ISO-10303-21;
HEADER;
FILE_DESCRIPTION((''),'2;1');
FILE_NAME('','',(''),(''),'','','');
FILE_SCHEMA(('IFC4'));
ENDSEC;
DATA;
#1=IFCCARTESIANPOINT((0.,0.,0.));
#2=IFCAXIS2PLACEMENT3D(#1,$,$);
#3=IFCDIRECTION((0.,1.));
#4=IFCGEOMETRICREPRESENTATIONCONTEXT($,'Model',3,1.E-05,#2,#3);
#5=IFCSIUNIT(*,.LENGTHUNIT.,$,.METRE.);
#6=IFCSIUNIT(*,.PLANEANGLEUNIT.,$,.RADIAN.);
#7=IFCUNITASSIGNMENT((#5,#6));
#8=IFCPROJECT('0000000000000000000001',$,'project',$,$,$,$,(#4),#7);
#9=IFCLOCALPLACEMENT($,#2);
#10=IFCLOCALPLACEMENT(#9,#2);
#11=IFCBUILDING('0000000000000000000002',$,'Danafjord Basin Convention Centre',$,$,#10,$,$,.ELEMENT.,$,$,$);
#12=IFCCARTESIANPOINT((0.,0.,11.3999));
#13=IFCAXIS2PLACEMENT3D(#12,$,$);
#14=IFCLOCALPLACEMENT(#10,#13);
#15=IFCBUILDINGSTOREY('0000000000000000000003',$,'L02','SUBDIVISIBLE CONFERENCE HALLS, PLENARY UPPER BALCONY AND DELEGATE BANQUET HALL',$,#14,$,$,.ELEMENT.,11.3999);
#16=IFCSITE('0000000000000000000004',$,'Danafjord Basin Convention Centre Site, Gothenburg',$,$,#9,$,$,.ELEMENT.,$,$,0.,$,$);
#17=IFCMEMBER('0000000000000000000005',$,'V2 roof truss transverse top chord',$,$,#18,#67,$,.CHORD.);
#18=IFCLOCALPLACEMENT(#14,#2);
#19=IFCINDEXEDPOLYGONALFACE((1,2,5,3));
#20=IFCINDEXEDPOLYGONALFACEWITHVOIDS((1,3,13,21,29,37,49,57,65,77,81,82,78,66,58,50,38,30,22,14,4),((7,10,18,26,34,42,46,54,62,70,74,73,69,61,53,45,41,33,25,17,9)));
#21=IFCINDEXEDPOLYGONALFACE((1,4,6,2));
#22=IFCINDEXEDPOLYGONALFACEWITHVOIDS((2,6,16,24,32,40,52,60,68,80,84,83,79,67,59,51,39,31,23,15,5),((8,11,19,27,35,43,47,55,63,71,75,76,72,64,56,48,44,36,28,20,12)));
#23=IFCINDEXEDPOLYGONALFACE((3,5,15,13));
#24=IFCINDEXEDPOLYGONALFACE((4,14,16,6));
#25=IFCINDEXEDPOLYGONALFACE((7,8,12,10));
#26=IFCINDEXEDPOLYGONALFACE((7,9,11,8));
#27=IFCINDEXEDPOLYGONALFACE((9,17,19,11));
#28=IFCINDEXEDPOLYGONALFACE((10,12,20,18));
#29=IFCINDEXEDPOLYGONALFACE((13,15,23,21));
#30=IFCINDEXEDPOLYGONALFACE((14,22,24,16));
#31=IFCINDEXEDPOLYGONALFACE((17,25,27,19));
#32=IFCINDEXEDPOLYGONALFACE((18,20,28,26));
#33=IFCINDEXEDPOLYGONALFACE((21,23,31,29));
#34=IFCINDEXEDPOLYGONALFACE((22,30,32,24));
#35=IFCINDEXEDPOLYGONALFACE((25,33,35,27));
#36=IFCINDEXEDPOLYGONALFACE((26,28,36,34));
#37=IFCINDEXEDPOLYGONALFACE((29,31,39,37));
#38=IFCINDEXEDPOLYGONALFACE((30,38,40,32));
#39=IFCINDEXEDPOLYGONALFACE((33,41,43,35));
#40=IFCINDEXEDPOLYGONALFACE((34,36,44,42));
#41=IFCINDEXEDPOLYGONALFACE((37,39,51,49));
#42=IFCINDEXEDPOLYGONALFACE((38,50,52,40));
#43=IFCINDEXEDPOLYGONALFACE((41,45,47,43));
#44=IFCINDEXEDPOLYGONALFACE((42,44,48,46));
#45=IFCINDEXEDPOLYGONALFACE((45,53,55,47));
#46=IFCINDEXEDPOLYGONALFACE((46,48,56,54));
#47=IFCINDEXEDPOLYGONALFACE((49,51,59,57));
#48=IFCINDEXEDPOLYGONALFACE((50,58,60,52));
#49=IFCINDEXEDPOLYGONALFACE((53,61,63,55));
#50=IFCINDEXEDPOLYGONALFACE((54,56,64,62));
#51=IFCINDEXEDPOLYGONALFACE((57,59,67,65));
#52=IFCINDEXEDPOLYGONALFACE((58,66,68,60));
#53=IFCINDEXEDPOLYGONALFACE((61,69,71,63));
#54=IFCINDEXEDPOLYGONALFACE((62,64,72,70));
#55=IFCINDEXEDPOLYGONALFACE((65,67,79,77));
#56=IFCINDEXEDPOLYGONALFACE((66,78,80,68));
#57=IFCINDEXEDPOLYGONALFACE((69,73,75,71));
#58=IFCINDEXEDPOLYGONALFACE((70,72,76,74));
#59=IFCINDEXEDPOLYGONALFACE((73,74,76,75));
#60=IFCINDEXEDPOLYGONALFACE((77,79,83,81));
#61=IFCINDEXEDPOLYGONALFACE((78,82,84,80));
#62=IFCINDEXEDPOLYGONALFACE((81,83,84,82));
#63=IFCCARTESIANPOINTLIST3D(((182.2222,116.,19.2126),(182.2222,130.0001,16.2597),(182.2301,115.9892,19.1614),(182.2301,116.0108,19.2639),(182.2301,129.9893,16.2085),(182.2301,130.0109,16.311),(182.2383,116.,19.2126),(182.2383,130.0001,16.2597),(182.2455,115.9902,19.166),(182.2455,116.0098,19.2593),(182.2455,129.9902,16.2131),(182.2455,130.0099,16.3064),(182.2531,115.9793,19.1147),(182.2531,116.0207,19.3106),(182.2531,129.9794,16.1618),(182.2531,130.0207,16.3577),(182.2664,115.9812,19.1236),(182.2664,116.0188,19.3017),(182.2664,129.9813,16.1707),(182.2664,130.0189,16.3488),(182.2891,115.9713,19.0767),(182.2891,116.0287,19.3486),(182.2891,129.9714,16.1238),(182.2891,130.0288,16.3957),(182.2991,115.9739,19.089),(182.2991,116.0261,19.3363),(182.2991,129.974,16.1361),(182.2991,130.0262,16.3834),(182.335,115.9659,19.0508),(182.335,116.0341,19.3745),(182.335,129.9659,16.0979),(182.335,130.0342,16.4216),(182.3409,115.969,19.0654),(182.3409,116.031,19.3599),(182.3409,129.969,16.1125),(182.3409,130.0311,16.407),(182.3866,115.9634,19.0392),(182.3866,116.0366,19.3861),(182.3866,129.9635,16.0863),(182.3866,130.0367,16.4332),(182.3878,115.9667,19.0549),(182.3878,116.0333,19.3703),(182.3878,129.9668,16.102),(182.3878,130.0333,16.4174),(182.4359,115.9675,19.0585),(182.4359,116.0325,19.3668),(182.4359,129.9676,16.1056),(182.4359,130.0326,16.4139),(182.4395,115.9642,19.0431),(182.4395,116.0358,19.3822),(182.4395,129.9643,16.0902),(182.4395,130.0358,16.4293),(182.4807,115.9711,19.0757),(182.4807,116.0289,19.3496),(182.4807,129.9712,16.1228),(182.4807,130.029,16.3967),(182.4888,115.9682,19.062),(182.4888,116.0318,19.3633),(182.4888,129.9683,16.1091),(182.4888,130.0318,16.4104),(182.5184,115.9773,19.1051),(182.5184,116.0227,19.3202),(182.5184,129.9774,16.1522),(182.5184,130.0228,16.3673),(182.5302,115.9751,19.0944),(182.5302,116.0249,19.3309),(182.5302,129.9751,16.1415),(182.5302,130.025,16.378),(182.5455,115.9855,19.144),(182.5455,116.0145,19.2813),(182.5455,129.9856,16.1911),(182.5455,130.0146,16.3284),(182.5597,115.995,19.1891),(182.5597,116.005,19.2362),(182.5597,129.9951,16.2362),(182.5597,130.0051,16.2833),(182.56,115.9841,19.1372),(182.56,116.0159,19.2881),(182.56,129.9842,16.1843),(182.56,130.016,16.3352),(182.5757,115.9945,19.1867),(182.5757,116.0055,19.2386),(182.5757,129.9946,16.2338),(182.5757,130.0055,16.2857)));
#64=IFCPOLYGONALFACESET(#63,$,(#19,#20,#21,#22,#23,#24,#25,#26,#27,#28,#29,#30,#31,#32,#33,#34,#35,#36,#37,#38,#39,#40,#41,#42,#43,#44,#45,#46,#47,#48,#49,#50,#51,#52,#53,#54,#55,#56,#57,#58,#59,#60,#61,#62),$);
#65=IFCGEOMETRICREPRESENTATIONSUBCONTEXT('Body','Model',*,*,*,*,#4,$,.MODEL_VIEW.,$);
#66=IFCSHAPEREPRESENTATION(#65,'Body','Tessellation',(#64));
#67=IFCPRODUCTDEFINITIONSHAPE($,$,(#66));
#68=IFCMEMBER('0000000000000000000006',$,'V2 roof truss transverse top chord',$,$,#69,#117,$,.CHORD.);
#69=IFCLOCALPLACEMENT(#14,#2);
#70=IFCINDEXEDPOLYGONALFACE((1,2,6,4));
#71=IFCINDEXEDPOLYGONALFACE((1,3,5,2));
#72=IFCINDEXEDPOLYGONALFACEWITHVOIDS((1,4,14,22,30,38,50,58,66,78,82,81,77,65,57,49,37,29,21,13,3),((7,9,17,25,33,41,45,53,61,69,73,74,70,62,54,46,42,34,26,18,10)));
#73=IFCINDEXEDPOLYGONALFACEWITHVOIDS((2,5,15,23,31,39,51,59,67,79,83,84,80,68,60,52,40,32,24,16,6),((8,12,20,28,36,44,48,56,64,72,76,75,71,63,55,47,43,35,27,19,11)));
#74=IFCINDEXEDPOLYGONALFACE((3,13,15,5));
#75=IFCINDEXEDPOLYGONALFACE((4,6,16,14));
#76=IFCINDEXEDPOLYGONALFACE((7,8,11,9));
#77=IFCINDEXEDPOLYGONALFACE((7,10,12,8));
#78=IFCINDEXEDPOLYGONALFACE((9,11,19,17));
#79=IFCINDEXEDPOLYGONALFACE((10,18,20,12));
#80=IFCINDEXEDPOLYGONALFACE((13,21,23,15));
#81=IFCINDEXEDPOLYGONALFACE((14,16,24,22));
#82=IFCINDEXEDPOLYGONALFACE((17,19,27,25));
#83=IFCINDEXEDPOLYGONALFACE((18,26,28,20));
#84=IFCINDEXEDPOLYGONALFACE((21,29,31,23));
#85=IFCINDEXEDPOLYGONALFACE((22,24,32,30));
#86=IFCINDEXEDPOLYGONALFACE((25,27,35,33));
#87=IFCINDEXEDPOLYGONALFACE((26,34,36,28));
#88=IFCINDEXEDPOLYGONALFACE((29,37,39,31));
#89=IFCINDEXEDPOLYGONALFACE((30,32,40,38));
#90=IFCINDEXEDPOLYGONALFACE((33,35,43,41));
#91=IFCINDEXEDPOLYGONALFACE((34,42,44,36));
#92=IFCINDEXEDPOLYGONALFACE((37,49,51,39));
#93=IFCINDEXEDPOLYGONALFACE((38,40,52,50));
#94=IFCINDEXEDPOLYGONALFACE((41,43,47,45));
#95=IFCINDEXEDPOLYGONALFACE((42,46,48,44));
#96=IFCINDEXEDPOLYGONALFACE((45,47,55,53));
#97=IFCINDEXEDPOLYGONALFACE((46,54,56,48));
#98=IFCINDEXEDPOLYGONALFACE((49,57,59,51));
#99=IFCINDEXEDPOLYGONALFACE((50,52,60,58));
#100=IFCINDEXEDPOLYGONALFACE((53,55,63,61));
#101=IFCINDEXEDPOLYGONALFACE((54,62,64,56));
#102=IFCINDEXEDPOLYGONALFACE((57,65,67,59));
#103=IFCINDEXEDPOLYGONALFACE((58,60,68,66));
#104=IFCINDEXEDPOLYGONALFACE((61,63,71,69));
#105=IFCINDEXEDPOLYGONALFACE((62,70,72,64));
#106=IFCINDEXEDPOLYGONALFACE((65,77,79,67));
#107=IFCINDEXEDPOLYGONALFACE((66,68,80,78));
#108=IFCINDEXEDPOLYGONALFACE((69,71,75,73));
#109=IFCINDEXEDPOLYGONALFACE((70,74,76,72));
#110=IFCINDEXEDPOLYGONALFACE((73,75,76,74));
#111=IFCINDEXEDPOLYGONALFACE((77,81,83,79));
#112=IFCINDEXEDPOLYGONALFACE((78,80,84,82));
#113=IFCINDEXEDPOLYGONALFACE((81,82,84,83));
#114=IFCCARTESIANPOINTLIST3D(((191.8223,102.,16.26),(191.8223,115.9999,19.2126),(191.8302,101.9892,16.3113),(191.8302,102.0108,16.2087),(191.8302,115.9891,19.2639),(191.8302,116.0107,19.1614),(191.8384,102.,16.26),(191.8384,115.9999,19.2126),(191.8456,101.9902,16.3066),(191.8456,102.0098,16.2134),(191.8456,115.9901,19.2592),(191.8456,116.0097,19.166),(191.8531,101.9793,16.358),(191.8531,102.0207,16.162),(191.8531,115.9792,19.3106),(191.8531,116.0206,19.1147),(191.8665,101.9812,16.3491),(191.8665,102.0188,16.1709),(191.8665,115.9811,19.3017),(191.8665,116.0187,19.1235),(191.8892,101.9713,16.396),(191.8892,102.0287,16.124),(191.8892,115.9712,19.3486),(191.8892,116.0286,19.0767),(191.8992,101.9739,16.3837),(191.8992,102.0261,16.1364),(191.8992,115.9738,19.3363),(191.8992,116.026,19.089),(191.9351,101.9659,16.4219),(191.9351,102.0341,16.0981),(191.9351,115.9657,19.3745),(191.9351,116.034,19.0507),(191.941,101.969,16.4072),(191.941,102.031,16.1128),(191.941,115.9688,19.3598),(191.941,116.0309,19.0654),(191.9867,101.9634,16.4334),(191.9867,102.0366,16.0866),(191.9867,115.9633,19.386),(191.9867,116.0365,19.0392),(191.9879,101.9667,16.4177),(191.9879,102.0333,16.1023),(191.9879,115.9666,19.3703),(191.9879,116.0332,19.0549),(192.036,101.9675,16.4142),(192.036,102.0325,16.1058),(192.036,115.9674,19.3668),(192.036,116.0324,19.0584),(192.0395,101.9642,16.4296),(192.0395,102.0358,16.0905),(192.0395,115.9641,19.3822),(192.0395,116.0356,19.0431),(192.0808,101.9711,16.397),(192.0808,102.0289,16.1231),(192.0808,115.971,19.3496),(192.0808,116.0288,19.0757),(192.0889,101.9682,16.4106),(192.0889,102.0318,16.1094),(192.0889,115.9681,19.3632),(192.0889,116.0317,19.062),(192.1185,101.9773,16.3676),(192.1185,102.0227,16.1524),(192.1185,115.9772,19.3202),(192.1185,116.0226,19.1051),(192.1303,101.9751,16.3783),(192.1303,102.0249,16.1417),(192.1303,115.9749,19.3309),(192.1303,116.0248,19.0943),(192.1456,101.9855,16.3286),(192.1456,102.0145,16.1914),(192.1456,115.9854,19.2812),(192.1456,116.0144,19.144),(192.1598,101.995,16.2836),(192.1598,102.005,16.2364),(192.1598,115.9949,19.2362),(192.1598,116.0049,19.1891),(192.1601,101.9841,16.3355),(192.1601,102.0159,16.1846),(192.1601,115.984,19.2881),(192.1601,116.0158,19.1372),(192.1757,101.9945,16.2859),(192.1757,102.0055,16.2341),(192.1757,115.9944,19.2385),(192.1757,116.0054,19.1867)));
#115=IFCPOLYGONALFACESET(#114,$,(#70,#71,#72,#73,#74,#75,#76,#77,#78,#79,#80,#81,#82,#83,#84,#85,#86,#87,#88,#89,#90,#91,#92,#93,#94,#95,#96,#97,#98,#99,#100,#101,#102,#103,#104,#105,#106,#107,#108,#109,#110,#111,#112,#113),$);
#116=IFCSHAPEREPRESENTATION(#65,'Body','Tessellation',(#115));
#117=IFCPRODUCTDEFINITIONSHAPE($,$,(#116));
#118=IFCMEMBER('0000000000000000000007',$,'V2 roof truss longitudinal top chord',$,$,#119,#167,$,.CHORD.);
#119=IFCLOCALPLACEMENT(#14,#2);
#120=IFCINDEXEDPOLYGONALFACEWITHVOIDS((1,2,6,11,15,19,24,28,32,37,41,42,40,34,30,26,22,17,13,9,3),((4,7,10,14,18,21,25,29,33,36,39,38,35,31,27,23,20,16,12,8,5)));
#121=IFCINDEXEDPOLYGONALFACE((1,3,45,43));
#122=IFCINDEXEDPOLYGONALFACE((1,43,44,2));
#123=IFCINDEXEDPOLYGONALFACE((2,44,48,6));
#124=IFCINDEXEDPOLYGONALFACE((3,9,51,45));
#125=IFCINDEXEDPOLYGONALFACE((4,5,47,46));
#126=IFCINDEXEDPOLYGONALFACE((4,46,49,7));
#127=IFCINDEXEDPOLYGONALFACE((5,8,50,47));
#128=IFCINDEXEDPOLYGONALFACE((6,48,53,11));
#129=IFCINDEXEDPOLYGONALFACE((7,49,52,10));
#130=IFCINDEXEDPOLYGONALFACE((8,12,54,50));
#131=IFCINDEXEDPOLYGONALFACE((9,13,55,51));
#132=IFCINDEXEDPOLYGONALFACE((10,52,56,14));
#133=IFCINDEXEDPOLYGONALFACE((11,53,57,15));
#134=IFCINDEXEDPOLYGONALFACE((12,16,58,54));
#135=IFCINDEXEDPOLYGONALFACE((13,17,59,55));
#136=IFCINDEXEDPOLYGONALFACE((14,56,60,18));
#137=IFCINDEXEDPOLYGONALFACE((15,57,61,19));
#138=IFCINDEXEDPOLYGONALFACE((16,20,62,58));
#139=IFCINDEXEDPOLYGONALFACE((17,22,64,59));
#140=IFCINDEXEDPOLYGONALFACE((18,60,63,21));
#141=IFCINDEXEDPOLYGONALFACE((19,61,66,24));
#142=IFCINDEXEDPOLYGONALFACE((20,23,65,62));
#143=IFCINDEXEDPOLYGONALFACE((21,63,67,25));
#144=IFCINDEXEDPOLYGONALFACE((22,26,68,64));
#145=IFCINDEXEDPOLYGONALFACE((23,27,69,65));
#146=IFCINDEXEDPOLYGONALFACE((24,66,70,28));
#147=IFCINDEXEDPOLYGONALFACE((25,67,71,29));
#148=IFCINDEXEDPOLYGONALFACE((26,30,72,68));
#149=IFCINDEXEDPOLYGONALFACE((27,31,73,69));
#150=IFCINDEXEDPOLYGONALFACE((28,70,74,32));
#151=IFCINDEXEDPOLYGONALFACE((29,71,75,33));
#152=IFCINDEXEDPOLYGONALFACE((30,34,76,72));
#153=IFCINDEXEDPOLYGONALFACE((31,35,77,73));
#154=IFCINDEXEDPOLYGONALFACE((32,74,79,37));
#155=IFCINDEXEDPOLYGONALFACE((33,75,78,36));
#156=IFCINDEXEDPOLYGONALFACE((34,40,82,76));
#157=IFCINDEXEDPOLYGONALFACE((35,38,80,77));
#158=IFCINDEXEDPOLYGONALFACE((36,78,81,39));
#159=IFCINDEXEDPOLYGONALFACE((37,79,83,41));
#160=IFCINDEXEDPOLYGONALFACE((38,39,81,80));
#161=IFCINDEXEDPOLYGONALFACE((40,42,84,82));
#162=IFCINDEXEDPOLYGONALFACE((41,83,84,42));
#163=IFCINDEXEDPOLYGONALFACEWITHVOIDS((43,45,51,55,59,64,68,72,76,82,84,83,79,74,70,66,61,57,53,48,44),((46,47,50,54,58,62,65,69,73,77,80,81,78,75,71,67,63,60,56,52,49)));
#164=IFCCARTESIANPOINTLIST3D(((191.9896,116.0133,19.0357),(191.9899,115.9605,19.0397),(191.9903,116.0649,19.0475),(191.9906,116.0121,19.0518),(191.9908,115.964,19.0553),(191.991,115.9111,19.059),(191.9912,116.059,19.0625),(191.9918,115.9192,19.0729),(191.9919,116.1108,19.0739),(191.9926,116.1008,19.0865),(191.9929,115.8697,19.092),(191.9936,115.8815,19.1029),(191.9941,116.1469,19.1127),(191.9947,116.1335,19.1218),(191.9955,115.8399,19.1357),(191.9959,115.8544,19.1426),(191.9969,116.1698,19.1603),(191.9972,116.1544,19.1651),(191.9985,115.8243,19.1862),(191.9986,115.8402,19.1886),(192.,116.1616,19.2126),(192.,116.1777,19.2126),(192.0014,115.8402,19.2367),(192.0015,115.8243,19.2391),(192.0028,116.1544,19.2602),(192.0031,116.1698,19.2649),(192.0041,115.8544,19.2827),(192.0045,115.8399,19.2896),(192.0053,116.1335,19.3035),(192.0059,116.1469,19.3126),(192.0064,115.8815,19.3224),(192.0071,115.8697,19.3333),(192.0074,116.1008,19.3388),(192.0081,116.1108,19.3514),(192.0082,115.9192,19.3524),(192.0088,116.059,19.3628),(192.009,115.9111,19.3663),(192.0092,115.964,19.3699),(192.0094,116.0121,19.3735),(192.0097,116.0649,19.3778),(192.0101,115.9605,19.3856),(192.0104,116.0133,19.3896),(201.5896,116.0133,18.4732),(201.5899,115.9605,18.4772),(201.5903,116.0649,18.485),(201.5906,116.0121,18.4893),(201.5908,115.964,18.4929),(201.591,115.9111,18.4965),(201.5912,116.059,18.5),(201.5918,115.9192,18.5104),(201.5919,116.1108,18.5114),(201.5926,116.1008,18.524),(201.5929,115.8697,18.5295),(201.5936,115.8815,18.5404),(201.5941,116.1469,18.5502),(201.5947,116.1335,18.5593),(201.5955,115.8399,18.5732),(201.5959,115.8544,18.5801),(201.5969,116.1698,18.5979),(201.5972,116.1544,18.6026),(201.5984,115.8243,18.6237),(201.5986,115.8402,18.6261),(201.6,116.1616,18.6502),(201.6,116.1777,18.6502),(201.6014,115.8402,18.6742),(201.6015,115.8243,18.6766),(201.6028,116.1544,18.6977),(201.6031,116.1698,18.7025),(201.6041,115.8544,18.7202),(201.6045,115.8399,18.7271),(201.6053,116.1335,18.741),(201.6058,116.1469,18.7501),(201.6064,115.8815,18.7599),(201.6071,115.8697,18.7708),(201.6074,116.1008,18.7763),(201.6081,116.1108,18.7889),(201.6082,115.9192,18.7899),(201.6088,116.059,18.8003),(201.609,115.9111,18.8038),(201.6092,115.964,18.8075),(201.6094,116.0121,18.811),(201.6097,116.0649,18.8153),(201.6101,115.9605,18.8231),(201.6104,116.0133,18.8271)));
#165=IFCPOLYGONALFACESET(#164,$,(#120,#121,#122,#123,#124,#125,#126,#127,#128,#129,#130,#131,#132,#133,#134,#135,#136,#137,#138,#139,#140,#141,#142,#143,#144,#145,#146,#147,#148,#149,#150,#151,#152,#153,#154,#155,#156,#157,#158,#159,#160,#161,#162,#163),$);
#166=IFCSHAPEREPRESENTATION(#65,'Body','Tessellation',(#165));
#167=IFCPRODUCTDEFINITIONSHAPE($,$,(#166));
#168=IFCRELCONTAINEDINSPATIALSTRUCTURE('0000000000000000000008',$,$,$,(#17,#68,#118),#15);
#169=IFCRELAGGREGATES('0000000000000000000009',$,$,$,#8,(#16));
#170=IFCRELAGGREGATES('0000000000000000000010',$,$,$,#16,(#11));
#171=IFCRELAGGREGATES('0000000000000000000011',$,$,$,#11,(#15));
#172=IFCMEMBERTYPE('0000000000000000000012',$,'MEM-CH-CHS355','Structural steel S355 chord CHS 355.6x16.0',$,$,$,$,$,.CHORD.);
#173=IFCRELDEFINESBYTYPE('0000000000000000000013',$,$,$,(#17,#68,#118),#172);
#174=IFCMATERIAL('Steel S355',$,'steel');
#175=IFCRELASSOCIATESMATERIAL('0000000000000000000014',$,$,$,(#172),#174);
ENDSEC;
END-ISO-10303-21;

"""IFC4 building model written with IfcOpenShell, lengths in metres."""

from ifc_helpers import new_model, si_unit, direction, frame, origin, origin_2d, place, context, subcontext, project, spatial, hollow_circle, extrude, material, material_profile, profile_set, type_object, element, save


model = new_model("IFC4")

# Units and contexts
model_context = context("Model", 3, precision=1e-05, world=origin(), true_north=direction((0.0, 1.0)))
body_context = subcontext(model_context, "Body", "Model", "MODEL_VIEW")
ifc_project = project(units=[si_unit("LENGTHUNIT", "METRE"), si_unit("PLANEANGLEUNIT", "RADIAN")], contexts=[model_context])

# Site, building, storey
site_placement = place(None, origin())
site = spatial("IfcSite", under=ifc_project, at=site_placement, Name="Danafjord Basin Convention Centre Site, Gothenburg", CompositionType="ELEMENT", RefElevation=0.0)
building_placement = place(site_placement, origin())
building = spatial("IfcBuilding", under=site, at=building_placement, Name="Danafjord Basin Convention Centre", CompositionType="ELEMENT")
storey_placement = place(building_placement, frame((0.0, 0.0, 11.3999)))
storey = spatial("IfcBuildingStorey", under=building, at=storey_placement, Name="L02", Description="SUBDIVISIBLE CONFERENCE HALLS, PLENARY UPPER BALCONY AND DELEGATE BANQUET HALL", CompositionType="ELEMENT", Elevation=11.3999)

# Members
ifc_material = material(Name="Steel S355", Category="steel")
ifc_material_profile_1 = material_profile(ifc_material, hollow_circle(Radius=0.1777, WallThickness=0.0161, at=origin_2d()), Name="CHS 355.6x16.0")
ifc_profile_set_1 = profile_set([ifc_material_profile_1], Name="Steel S355")
member_type_1 = type_object("IfcMemberType", Name="MEM-CH-CHS355", Description="Structural steel S355 chord CHS 355.6x16.0", PredefinedType="CHORD", material=ifc_profile_set_1)
member_1_placement = place(storey_placement, frame((182.3999, 116.0, 19.2126), z_axis=(0.0, 0.978472, -0.206379), x_axis=(-1.0, 0.0, 0.0)))
element("IfcMember", 1, at=member_1_placement, inside=storey, type_object=member_type_1, Name="V2 roof truss transverse top chord", PredefinedType="CHORD", context=body_context, shape_type="SweptSolid", body=[
    extrude(hollow_circle(Radius=0.1777, WallThickness=0.0161, at=origin_2d()), origin(), (0.0, 0.0, 1.0), 14.3081),
])
member_2_placement = place(storey_placement, frame((192.0, 102.0, 16.26), z_axis=(0.0, 0.978475, 0.206363), x_axis=(-1.0, 0.0, 0.0)))
element("IfcMember", 2, at=member_2_placement, inside=storey, type_object=member_type_1, Name="V2 roof truss transverse top chord", PredefinedType="CHORD", context=body_context, shape_type="SweptSolid", body=[
    extrude(hollow_circle(Radius=0.1777, WallThickness=0.0161, at=origin_2d()), origin(), (0.0, 0.0, 1.0), 14.3079),
])
member_3_placement = place(storey_placement, frame((192.0, 116.0, 19.2126), z_axis=(0.998288, 0.0, -0.058493), x_axis=(0.0, 1.0, 0.0)))
element("IfcMember", 3, at=member_3_placement, inside=storey, type_object=member_type_1, Name="V2 roof truss longitudinal top chord", PredefinedType="CHORD", context=body_context, shape_type="SweptSolid", body=[
    extrude(hollow_circle(Radius=0.1777, WallThickness=0.0161, at=origin_2d()), origin(), (0.0, 0.0, 1.0), 9.6165),
])

save(model, "model.ifc")
